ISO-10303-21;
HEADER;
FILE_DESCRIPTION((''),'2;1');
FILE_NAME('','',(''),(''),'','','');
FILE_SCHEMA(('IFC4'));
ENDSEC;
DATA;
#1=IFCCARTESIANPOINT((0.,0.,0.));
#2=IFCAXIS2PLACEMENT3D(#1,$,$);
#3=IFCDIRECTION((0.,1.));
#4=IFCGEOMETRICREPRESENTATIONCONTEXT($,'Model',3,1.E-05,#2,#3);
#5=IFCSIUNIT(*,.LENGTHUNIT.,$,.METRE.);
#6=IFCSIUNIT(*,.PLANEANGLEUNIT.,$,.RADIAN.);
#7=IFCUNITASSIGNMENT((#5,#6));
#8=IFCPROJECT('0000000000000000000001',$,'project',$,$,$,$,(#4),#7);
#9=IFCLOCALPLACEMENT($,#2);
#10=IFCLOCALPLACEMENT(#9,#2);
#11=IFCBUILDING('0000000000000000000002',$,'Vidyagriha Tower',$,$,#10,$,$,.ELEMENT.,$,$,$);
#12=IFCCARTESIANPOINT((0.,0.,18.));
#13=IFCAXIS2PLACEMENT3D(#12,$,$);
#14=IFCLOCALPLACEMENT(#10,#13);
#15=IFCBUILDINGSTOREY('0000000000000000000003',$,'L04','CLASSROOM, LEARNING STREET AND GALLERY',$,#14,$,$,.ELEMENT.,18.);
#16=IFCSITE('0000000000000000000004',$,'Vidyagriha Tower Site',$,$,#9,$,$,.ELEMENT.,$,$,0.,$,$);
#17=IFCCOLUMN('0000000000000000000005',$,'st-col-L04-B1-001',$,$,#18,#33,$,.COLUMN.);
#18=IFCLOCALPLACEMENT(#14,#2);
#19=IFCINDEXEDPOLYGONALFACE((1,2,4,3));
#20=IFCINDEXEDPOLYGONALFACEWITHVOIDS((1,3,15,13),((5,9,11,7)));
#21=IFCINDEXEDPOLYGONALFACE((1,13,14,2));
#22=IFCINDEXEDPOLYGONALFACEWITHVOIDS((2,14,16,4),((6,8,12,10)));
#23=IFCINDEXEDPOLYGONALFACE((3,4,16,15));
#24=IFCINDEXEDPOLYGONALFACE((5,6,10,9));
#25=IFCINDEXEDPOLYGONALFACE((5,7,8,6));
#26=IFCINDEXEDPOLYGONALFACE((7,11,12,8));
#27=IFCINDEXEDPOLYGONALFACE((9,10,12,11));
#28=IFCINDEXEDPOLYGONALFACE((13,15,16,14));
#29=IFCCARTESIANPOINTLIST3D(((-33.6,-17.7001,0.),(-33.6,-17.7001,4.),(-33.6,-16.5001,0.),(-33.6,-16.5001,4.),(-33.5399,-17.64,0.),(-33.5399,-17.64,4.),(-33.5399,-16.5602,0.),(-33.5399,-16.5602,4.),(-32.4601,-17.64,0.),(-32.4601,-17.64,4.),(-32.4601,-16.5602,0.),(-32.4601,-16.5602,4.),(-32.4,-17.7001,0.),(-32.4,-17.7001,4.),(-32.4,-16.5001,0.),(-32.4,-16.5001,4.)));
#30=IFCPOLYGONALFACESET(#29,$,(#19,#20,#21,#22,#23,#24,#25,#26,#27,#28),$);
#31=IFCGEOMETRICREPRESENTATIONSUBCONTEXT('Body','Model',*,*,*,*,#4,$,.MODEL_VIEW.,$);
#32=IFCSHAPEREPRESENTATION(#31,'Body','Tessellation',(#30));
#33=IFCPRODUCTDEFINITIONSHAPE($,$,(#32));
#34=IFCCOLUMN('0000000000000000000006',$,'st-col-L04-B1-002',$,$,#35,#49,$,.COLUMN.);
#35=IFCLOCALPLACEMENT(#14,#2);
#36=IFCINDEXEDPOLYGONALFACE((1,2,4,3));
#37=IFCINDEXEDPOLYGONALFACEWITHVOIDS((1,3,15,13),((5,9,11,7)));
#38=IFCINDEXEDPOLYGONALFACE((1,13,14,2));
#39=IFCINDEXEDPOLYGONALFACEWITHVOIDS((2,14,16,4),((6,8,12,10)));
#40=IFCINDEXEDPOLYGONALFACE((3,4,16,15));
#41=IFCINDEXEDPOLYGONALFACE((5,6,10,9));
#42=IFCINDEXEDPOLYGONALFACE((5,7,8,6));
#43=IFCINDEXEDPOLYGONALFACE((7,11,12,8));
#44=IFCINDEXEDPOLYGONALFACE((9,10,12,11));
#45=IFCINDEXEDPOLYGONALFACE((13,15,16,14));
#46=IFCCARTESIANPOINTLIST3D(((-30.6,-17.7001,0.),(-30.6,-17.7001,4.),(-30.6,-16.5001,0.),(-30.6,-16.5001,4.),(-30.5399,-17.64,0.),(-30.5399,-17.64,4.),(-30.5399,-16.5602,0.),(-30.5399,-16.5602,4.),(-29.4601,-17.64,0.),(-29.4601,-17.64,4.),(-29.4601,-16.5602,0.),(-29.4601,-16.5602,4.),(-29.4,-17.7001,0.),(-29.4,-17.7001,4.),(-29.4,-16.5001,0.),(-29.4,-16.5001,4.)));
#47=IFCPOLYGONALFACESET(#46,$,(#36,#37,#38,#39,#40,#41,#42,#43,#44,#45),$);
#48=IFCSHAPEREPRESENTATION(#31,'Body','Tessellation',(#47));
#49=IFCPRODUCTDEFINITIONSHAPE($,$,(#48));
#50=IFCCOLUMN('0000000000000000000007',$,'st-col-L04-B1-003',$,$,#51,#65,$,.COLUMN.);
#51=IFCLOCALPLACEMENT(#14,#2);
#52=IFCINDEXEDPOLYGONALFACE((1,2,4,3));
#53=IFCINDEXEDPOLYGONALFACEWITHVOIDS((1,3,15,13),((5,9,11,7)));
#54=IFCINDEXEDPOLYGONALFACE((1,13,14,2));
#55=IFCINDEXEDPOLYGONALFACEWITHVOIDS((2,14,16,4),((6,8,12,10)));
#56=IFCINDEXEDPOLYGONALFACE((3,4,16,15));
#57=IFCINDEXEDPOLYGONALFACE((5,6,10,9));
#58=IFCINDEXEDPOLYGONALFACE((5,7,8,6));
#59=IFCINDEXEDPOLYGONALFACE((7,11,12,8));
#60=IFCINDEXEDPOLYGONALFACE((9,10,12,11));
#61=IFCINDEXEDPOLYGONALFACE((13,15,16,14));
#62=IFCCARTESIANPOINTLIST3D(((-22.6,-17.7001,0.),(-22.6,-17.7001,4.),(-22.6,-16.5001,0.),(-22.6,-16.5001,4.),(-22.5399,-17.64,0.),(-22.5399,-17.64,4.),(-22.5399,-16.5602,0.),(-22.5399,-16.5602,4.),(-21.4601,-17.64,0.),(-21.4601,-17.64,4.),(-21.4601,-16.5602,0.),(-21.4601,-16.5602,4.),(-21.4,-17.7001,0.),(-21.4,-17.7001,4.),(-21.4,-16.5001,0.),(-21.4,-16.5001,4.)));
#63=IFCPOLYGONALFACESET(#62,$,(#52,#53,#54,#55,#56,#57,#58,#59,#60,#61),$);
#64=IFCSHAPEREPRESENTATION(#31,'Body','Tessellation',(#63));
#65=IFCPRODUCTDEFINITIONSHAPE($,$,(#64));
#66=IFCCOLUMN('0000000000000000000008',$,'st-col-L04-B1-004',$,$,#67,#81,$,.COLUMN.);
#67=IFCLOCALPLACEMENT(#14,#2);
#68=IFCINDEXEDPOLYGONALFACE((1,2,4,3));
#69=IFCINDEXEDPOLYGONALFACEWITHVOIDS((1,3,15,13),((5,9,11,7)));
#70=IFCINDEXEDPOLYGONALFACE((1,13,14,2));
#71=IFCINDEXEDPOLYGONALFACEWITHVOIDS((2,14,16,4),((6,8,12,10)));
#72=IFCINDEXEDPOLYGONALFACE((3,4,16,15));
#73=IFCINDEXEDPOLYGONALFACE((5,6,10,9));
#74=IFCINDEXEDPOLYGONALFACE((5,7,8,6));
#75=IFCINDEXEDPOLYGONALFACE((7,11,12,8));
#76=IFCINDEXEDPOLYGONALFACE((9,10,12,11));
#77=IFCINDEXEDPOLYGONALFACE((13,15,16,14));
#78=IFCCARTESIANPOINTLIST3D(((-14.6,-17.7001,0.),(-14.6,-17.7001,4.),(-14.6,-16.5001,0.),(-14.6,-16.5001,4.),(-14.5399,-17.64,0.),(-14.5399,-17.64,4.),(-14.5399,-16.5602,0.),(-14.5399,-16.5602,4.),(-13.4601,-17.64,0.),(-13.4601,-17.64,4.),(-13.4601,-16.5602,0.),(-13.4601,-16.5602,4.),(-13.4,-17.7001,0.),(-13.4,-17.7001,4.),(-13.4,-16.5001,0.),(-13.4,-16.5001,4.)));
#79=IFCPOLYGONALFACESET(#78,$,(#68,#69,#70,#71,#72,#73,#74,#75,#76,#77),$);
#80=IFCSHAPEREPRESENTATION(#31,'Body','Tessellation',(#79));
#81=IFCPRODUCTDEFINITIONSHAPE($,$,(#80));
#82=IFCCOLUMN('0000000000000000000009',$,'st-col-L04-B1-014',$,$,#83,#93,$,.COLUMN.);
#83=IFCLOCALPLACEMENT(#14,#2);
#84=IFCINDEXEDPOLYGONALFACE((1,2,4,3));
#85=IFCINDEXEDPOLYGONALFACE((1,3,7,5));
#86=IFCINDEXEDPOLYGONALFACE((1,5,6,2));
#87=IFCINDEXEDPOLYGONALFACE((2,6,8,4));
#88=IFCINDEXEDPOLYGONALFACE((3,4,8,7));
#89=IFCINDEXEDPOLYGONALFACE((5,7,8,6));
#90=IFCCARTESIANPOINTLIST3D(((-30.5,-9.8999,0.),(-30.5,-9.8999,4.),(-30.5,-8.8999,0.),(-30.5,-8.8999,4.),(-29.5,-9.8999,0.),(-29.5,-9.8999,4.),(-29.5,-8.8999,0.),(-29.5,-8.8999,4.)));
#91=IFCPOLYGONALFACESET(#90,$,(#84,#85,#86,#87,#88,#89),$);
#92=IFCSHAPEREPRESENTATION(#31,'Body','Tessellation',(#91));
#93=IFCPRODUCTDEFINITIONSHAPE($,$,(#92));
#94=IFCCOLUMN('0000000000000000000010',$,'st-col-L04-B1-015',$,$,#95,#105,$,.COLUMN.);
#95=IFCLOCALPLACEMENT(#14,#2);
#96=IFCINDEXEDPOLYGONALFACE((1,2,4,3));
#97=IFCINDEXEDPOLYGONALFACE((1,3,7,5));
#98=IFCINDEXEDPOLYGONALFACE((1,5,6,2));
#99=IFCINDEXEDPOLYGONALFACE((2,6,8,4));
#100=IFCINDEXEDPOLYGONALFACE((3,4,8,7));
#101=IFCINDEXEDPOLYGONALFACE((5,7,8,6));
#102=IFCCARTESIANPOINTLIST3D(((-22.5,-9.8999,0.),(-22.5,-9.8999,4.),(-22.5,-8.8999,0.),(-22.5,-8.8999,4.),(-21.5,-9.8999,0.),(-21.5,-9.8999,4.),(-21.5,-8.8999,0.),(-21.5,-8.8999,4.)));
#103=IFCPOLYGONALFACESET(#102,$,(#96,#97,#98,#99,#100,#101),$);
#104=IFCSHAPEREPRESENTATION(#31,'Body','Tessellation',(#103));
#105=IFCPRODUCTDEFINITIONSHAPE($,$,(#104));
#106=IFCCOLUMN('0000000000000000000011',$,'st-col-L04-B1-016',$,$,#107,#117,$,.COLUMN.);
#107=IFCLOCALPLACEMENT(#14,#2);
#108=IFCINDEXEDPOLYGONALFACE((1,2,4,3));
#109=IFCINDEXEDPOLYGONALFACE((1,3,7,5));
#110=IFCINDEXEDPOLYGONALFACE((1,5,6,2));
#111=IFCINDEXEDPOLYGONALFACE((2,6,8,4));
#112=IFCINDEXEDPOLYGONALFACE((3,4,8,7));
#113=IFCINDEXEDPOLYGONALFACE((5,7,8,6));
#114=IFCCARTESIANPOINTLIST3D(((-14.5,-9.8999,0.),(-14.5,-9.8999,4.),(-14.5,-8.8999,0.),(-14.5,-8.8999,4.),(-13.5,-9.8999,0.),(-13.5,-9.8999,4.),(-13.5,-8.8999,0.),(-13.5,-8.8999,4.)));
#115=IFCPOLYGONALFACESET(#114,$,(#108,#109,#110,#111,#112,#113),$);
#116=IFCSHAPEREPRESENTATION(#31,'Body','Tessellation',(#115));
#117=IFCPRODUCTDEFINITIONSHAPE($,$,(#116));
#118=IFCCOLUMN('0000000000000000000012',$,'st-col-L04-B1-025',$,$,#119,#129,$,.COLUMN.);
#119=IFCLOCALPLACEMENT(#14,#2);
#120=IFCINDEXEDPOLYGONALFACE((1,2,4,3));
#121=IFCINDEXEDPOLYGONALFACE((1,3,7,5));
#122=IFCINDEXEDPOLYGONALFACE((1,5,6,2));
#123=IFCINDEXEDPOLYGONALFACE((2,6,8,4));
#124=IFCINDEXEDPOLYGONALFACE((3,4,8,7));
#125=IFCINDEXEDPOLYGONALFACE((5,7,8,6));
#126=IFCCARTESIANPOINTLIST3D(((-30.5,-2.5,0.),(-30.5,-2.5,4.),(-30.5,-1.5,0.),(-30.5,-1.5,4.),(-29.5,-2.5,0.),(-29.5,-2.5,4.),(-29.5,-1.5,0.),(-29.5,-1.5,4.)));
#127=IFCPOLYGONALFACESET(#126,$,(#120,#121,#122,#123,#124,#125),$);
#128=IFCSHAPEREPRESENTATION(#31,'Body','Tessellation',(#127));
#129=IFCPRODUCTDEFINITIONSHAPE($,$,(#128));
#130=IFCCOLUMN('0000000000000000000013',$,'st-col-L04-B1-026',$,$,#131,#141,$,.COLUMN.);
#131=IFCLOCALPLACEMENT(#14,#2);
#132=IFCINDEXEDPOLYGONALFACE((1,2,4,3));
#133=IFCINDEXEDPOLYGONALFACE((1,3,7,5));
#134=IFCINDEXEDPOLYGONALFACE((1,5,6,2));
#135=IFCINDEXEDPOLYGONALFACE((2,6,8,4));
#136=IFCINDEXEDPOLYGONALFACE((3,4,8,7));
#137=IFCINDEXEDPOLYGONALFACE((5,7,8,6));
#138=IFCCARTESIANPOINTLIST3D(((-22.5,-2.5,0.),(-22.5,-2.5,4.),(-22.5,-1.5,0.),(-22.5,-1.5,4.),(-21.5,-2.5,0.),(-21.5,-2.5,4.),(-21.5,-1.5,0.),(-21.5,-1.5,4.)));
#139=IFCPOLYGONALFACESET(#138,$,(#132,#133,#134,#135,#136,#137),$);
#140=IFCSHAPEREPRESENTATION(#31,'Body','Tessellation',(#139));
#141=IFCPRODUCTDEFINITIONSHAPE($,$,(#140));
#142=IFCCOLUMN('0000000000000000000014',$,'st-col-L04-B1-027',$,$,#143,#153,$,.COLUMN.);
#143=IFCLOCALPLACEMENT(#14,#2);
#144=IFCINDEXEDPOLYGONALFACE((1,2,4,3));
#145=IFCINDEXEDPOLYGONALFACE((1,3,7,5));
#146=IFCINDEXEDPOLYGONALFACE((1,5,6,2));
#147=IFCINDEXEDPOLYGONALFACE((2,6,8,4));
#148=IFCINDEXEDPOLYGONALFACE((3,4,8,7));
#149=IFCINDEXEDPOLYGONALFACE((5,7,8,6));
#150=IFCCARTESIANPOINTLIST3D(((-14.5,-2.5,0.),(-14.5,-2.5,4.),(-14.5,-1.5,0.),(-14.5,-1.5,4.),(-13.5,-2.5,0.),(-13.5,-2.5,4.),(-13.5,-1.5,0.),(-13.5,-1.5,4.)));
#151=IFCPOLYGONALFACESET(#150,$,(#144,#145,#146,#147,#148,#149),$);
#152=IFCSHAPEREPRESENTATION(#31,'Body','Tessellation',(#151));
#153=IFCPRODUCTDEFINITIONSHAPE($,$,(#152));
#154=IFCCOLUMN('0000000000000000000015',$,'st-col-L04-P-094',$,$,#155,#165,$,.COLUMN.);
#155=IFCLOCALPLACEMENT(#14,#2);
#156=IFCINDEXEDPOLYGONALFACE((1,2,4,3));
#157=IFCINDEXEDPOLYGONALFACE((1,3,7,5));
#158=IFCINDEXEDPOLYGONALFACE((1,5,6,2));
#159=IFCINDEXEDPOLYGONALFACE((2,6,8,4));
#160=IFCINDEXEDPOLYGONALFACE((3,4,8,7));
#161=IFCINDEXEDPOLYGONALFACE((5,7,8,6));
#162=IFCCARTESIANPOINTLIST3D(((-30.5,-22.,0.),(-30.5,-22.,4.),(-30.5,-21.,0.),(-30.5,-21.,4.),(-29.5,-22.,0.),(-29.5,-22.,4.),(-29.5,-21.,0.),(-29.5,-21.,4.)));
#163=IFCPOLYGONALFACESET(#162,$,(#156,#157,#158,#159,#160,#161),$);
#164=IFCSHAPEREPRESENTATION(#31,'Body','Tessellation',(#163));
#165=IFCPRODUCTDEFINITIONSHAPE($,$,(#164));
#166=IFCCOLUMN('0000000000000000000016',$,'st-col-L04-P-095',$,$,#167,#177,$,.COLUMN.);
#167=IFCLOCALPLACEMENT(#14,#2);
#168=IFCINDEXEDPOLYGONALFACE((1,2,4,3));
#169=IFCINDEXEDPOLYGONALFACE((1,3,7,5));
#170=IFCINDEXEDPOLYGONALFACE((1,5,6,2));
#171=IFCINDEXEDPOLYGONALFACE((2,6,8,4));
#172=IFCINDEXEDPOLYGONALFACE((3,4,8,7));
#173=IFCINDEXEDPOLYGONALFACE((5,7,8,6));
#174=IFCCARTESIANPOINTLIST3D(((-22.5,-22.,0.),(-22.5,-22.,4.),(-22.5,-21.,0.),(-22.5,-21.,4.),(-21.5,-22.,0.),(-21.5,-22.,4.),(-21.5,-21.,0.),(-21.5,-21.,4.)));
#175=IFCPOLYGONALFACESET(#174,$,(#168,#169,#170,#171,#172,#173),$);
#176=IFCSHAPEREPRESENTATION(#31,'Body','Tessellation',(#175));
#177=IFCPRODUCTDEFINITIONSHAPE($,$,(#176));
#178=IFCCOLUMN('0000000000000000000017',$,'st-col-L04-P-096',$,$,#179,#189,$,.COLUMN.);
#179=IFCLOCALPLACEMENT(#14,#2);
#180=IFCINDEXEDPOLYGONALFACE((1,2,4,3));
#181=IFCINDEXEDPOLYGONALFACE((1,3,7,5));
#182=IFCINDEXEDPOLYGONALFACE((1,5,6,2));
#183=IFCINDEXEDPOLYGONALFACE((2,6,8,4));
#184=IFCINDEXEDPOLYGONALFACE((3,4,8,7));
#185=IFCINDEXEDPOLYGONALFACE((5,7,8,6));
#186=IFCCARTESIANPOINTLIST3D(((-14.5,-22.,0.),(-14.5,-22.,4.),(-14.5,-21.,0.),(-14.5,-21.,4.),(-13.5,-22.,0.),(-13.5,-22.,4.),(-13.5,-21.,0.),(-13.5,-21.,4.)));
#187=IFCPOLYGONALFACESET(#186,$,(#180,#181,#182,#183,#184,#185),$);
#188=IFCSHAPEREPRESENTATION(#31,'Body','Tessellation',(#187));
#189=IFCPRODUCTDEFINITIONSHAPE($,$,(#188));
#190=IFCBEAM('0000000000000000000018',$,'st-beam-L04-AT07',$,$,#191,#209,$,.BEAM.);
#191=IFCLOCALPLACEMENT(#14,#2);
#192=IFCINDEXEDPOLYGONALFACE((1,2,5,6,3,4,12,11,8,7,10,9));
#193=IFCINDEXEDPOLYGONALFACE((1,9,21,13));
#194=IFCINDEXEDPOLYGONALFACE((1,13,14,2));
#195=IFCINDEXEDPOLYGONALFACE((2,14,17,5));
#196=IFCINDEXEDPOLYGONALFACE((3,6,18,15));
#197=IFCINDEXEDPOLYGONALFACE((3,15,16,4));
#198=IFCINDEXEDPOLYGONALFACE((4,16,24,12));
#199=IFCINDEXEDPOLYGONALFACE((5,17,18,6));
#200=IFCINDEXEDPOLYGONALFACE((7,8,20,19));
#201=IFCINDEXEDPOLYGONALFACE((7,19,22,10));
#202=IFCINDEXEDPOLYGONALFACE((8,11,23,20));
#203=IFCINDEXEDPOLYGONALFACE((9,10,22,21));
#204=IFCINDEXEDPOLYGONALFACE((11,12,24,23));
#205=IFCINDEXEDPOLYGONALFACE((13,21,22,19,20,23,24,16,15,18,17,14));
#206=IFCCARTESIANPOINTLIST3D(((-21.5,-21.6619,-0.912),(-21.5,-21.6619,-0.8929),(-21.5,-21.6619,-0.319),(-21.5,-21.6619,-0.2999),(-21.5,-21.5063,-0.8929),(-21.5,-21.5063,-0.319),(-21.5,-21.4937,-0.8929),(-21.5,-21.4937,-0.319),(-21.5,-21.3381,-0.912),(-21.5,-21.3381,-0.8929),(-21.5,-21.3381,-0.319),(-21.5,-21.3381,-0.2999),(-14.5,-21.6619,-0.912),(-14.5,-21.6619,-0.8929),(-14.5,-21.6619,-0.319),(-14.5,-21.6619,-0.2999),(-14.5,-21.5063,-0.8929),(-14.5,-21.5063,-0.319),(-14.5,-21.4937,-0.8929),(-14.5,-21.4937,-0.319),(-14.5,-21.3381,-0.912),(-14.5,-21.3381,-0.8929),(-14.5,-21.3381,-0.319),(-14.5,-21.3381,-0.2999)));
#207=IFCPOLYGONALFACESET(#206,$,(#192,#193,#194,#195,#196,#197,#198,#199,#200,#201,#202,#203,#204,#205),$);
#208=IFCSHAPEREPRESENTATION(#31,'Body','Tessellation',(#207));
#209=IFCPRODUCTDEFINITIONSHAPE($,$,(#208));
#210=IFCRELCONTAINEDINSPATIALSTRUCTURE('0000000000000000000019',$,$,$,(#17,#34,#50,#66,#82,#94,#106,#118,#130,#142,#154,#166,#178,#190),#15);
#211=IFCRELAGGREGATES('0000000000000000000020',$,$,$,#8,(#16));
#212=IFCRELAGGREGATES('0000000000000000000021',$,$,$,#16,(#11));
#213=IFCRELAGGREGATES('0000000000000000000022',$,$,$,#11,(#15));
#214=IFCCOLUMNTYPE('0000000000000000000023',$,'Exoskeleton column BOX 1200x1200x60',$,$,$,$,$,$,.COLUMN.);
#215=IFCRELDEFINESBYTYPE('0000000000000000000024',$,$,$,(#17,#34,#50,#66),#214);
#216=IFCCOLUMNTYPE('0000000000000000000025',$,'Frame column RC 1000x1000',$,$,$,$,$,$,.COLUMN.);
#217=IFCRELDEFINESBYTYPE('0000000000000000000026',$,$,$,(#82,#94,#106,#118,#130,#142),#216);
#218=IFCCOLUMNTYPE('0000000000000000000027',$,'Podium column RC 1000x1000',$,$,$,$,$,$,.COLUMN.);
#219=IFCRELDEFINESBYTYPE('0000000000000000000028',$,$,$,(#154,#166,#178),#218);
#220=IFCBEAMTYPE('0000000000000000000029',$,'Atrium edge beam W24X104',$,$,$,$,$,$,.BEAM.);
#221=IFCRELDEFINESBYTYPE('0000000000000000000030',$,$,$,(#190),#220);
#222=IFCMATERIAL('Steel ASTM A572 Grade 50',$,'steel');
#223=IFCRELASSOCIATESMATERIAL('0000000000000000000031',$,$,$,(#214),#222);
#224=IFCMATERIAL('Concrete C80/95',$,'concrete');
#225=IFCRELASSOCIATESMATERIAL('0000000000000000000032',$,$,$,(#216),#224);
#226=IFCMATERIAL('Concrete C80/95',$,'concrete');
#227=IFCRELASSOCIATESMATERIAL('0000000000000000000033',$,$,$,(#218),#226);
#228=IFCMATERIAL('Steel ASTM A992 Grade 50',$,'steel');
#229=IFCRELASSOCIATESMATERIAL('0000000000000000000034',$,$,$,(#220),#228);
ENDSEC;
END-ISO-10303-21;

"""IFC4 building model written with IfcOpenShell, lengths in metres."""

from ifc_helpers import new_model, si_unit, direction, frame, origin, origin_2d, place, context, subcontext, project, spatial, rectangle, hollow_rectangle, i_section, extrude, material, material_profile, profile_set, type_object, element, save


model = new_model("IFC4")

# Units and contexts
model_context = context("Model", 3, precision=1e-05, world=origin(), true_north=direction((0.0, 1.0)))
body_context = subcontext(model_context, "Body", "Model", "MODEL_VIEW")
ifc_project = project(units=[si_unit("LENGTHUNIT", "METRE"), si_unit("PLANEANGLEUNIT", "RADIAN")], contexts=[model_context])

# Site, building, storey
site_placement = place(None, origin())
site = spatial("IfcSite", under=ifc_project, at=site_placement, Name="Vidyagriha Tower Site", CompositionType="ELEMENT", RefElevation=0.0)
building_placement = place(site_placement, origin())
building = spatial("IfcBuilding", under=site, at=building_placement, Name="Vidyagriha Tower", CompositionType="ELEMENT")
storey_placement = place(building_placement, frame((0.0, 0.0, 18.0)))
storey = spatial("IfcBuildingStorey", under=building, at=storey_placement, Name="L04", Description="CLASSROOM, LEARNING STREET AND GALLERY", CompositionType="ELEMENT", Elevation=18.0)

# Columns
ifc_material_1 = material(Name="Steel ASTM A572 Grade 50", Category="steel")
ifc_material_profile_1 = material_profile(ifc_material_1, hollow_rectangle(XDim=1.2, YDim=1.2, WallThickness=0.0601, at=origin_2d()), Name="BOX 1200x1200x60")
ifc_profile_set_1 = profile_set([ifc_material_profile_1], Name="Steel ASTM A572 Grade 50")
column_type_1 = type_object("IfcColumnType", Name="Exoskeleton column BOX 1200x1200x60", PredefinedType="COLUMN", material=ifc_profile_set_1)
for number, where, name in (
    (1, (-33.0, -17.1001, 0.0), "st-col-L04-B1-001"),
    (2, (-30.0, -17.1001, 0.0), "st-col-L04-B1-002"),
    (3, (-22.0, -17.1001, 0.0), "st-col-L04-B1-003"),
    (4, (-14.0, -17.1001, 0.0), "st-col-L04-B1-004"),
):
    element("IfcColumn", number, at=place(storey_placement, frame(where)), inside=storey, type_object=column_type_1, Name=name, PredefinedType="COLUMN", context=body_context, shape_type="SweptSolid", body=[
        extrude(hollow_rectangle(XDim=1.2, YDim=1.2, WallThickness=0.0601, at=origin_2d()), origin(), (0.0, 0.0, 1.0), 4.0),
    ])
ifc_material_2 = material(Name="Concrete C80/95", Category="concrete")
ifc_material_profile_2 = material_profile(ifc_material_2, rectangle(XDim=1.0, YDim=1.0, at=origin_2d()), Name="RC 1000x1000")
ifc_profile_set_2 = profile_set([ifc_material_profile_2], Name="Concrete C80/95")
column_type_2 = type_object("IfcColumnType", Name="Frame column RC 1000x1000", PredefinedType="COLUMN", material=ifc_profile_set_2)
for number, where, name in (
    (5, (-30.0, -9.3999, 0.0), "st-col-L04-B1-014"),
    (6, (-22.0, -9.3999, 0.0), "st-col-L04-B1-015"),
    (7, (-14.0, -9.3999, 0.0), "st-col-L04-B1-016"),
    (8, (-30.0, -2.0, 0.0), "st-col-L04-B1-025"),
    (9, (-22.0, -2.0, 0.0), "st-col-L04-B1-026"),
    (10, (-14.0, -2.0, 0.0), "st-col-L04-B1-027"),
):
    element("IfcColumn", number, at=place(storey_placement, frame(where)), inside=storey, type_object=column_type_2, Name=name, PredefinedType="COLUMN", context=body_context, shape_type="SweptSolid", body=[
        extrude(rectangle(XDim=1.0, YDim=1.0, at=origin_2d()), origin(), (0.0, 0.0, 1.0), 4.0),
    ])
ifc_material_3 = material(Name="Concrete C80/95", Category="concrete")
ifc_material_profile_3 = material_profile(ifc_material_3, rectangle(XDim=1.0, YDim=1.0, at=origin_2d()), Name="RC 1000x1000")
ifc_profile_set_3 = profile_set([ifc_material_profile_3], Name="Concrete C80/95")
column_type_3 = type_object("IfcColumnType", Name="Podium column RC 1000x1000", PredefinedType="COLUMN", material=ifc_profile_set_3)
for number, where, name in (
    (11, (-30.0, -21.5, 0.0), "st-col-L04-P-094"),
    (12, (-22.0, -21.5, 0.0), "st-col-L04-P-095"),
    (13, (-14.0, -21.5, 0.0), "st-col-L04-P-096"),
):
    element("IfcColumn", number, at=place(storey_placement, frame(where)), inside=storey, type_object=column_type_3, Name=name, PredefinedType="COLUMN", context=body_context, shape_type="SweptSolid", body=[
        extrude(rectangle(XDim=1.0, YDim=1.0, at=origin_2d()), origin(), (0.0, 0.0, 1.0), 4.0),
    ])

# Beam
ifc_material_4 = material(Name="Steel ASTM A992 Grade 50", Category="steel")
ifc_material_profile_4 = material_profile(ifc_material_4, i_section(OverallWidth=0.3237, OverallDepth=0.6121, WebThickness=0.0127, FlangeThickness=0.019, at=origin_2d()), Name="W24X104")
ifc_profile_set_4 = profile_set([ifc_material_profile_4], Name="Steel ASTM A992 Grade 50")
beam_type = type_object("IfcBeamType", Name="Atrium edge beam W24X104", PredefinedType="BEAM", material=ifc_profile_set_4)
beam_placement = place(storey_placement, frame((-21.5, -21.5, -0.606), z_axis=(1.0, 0.0, 0.0), x_axis=(0.0, 1.0, 0.0)))
element("IfcBeam", 14, at=beam_placement, inside=storey, type_object=beam_type, Name="st-beam-L04-AT07", PredefinedType="BEAM", context=body_context, shape_type="SweptSolid", body=[
    extrude(i_section(OverallWidth=0.3237, OverallDepth=0.6121, WebThickness=0.0127, FlangeThickness=0.019, at=origin_2d()), origin(), (0.0, 0.0, 1.0), 7.0),
])

save(model, "model.ifc")
